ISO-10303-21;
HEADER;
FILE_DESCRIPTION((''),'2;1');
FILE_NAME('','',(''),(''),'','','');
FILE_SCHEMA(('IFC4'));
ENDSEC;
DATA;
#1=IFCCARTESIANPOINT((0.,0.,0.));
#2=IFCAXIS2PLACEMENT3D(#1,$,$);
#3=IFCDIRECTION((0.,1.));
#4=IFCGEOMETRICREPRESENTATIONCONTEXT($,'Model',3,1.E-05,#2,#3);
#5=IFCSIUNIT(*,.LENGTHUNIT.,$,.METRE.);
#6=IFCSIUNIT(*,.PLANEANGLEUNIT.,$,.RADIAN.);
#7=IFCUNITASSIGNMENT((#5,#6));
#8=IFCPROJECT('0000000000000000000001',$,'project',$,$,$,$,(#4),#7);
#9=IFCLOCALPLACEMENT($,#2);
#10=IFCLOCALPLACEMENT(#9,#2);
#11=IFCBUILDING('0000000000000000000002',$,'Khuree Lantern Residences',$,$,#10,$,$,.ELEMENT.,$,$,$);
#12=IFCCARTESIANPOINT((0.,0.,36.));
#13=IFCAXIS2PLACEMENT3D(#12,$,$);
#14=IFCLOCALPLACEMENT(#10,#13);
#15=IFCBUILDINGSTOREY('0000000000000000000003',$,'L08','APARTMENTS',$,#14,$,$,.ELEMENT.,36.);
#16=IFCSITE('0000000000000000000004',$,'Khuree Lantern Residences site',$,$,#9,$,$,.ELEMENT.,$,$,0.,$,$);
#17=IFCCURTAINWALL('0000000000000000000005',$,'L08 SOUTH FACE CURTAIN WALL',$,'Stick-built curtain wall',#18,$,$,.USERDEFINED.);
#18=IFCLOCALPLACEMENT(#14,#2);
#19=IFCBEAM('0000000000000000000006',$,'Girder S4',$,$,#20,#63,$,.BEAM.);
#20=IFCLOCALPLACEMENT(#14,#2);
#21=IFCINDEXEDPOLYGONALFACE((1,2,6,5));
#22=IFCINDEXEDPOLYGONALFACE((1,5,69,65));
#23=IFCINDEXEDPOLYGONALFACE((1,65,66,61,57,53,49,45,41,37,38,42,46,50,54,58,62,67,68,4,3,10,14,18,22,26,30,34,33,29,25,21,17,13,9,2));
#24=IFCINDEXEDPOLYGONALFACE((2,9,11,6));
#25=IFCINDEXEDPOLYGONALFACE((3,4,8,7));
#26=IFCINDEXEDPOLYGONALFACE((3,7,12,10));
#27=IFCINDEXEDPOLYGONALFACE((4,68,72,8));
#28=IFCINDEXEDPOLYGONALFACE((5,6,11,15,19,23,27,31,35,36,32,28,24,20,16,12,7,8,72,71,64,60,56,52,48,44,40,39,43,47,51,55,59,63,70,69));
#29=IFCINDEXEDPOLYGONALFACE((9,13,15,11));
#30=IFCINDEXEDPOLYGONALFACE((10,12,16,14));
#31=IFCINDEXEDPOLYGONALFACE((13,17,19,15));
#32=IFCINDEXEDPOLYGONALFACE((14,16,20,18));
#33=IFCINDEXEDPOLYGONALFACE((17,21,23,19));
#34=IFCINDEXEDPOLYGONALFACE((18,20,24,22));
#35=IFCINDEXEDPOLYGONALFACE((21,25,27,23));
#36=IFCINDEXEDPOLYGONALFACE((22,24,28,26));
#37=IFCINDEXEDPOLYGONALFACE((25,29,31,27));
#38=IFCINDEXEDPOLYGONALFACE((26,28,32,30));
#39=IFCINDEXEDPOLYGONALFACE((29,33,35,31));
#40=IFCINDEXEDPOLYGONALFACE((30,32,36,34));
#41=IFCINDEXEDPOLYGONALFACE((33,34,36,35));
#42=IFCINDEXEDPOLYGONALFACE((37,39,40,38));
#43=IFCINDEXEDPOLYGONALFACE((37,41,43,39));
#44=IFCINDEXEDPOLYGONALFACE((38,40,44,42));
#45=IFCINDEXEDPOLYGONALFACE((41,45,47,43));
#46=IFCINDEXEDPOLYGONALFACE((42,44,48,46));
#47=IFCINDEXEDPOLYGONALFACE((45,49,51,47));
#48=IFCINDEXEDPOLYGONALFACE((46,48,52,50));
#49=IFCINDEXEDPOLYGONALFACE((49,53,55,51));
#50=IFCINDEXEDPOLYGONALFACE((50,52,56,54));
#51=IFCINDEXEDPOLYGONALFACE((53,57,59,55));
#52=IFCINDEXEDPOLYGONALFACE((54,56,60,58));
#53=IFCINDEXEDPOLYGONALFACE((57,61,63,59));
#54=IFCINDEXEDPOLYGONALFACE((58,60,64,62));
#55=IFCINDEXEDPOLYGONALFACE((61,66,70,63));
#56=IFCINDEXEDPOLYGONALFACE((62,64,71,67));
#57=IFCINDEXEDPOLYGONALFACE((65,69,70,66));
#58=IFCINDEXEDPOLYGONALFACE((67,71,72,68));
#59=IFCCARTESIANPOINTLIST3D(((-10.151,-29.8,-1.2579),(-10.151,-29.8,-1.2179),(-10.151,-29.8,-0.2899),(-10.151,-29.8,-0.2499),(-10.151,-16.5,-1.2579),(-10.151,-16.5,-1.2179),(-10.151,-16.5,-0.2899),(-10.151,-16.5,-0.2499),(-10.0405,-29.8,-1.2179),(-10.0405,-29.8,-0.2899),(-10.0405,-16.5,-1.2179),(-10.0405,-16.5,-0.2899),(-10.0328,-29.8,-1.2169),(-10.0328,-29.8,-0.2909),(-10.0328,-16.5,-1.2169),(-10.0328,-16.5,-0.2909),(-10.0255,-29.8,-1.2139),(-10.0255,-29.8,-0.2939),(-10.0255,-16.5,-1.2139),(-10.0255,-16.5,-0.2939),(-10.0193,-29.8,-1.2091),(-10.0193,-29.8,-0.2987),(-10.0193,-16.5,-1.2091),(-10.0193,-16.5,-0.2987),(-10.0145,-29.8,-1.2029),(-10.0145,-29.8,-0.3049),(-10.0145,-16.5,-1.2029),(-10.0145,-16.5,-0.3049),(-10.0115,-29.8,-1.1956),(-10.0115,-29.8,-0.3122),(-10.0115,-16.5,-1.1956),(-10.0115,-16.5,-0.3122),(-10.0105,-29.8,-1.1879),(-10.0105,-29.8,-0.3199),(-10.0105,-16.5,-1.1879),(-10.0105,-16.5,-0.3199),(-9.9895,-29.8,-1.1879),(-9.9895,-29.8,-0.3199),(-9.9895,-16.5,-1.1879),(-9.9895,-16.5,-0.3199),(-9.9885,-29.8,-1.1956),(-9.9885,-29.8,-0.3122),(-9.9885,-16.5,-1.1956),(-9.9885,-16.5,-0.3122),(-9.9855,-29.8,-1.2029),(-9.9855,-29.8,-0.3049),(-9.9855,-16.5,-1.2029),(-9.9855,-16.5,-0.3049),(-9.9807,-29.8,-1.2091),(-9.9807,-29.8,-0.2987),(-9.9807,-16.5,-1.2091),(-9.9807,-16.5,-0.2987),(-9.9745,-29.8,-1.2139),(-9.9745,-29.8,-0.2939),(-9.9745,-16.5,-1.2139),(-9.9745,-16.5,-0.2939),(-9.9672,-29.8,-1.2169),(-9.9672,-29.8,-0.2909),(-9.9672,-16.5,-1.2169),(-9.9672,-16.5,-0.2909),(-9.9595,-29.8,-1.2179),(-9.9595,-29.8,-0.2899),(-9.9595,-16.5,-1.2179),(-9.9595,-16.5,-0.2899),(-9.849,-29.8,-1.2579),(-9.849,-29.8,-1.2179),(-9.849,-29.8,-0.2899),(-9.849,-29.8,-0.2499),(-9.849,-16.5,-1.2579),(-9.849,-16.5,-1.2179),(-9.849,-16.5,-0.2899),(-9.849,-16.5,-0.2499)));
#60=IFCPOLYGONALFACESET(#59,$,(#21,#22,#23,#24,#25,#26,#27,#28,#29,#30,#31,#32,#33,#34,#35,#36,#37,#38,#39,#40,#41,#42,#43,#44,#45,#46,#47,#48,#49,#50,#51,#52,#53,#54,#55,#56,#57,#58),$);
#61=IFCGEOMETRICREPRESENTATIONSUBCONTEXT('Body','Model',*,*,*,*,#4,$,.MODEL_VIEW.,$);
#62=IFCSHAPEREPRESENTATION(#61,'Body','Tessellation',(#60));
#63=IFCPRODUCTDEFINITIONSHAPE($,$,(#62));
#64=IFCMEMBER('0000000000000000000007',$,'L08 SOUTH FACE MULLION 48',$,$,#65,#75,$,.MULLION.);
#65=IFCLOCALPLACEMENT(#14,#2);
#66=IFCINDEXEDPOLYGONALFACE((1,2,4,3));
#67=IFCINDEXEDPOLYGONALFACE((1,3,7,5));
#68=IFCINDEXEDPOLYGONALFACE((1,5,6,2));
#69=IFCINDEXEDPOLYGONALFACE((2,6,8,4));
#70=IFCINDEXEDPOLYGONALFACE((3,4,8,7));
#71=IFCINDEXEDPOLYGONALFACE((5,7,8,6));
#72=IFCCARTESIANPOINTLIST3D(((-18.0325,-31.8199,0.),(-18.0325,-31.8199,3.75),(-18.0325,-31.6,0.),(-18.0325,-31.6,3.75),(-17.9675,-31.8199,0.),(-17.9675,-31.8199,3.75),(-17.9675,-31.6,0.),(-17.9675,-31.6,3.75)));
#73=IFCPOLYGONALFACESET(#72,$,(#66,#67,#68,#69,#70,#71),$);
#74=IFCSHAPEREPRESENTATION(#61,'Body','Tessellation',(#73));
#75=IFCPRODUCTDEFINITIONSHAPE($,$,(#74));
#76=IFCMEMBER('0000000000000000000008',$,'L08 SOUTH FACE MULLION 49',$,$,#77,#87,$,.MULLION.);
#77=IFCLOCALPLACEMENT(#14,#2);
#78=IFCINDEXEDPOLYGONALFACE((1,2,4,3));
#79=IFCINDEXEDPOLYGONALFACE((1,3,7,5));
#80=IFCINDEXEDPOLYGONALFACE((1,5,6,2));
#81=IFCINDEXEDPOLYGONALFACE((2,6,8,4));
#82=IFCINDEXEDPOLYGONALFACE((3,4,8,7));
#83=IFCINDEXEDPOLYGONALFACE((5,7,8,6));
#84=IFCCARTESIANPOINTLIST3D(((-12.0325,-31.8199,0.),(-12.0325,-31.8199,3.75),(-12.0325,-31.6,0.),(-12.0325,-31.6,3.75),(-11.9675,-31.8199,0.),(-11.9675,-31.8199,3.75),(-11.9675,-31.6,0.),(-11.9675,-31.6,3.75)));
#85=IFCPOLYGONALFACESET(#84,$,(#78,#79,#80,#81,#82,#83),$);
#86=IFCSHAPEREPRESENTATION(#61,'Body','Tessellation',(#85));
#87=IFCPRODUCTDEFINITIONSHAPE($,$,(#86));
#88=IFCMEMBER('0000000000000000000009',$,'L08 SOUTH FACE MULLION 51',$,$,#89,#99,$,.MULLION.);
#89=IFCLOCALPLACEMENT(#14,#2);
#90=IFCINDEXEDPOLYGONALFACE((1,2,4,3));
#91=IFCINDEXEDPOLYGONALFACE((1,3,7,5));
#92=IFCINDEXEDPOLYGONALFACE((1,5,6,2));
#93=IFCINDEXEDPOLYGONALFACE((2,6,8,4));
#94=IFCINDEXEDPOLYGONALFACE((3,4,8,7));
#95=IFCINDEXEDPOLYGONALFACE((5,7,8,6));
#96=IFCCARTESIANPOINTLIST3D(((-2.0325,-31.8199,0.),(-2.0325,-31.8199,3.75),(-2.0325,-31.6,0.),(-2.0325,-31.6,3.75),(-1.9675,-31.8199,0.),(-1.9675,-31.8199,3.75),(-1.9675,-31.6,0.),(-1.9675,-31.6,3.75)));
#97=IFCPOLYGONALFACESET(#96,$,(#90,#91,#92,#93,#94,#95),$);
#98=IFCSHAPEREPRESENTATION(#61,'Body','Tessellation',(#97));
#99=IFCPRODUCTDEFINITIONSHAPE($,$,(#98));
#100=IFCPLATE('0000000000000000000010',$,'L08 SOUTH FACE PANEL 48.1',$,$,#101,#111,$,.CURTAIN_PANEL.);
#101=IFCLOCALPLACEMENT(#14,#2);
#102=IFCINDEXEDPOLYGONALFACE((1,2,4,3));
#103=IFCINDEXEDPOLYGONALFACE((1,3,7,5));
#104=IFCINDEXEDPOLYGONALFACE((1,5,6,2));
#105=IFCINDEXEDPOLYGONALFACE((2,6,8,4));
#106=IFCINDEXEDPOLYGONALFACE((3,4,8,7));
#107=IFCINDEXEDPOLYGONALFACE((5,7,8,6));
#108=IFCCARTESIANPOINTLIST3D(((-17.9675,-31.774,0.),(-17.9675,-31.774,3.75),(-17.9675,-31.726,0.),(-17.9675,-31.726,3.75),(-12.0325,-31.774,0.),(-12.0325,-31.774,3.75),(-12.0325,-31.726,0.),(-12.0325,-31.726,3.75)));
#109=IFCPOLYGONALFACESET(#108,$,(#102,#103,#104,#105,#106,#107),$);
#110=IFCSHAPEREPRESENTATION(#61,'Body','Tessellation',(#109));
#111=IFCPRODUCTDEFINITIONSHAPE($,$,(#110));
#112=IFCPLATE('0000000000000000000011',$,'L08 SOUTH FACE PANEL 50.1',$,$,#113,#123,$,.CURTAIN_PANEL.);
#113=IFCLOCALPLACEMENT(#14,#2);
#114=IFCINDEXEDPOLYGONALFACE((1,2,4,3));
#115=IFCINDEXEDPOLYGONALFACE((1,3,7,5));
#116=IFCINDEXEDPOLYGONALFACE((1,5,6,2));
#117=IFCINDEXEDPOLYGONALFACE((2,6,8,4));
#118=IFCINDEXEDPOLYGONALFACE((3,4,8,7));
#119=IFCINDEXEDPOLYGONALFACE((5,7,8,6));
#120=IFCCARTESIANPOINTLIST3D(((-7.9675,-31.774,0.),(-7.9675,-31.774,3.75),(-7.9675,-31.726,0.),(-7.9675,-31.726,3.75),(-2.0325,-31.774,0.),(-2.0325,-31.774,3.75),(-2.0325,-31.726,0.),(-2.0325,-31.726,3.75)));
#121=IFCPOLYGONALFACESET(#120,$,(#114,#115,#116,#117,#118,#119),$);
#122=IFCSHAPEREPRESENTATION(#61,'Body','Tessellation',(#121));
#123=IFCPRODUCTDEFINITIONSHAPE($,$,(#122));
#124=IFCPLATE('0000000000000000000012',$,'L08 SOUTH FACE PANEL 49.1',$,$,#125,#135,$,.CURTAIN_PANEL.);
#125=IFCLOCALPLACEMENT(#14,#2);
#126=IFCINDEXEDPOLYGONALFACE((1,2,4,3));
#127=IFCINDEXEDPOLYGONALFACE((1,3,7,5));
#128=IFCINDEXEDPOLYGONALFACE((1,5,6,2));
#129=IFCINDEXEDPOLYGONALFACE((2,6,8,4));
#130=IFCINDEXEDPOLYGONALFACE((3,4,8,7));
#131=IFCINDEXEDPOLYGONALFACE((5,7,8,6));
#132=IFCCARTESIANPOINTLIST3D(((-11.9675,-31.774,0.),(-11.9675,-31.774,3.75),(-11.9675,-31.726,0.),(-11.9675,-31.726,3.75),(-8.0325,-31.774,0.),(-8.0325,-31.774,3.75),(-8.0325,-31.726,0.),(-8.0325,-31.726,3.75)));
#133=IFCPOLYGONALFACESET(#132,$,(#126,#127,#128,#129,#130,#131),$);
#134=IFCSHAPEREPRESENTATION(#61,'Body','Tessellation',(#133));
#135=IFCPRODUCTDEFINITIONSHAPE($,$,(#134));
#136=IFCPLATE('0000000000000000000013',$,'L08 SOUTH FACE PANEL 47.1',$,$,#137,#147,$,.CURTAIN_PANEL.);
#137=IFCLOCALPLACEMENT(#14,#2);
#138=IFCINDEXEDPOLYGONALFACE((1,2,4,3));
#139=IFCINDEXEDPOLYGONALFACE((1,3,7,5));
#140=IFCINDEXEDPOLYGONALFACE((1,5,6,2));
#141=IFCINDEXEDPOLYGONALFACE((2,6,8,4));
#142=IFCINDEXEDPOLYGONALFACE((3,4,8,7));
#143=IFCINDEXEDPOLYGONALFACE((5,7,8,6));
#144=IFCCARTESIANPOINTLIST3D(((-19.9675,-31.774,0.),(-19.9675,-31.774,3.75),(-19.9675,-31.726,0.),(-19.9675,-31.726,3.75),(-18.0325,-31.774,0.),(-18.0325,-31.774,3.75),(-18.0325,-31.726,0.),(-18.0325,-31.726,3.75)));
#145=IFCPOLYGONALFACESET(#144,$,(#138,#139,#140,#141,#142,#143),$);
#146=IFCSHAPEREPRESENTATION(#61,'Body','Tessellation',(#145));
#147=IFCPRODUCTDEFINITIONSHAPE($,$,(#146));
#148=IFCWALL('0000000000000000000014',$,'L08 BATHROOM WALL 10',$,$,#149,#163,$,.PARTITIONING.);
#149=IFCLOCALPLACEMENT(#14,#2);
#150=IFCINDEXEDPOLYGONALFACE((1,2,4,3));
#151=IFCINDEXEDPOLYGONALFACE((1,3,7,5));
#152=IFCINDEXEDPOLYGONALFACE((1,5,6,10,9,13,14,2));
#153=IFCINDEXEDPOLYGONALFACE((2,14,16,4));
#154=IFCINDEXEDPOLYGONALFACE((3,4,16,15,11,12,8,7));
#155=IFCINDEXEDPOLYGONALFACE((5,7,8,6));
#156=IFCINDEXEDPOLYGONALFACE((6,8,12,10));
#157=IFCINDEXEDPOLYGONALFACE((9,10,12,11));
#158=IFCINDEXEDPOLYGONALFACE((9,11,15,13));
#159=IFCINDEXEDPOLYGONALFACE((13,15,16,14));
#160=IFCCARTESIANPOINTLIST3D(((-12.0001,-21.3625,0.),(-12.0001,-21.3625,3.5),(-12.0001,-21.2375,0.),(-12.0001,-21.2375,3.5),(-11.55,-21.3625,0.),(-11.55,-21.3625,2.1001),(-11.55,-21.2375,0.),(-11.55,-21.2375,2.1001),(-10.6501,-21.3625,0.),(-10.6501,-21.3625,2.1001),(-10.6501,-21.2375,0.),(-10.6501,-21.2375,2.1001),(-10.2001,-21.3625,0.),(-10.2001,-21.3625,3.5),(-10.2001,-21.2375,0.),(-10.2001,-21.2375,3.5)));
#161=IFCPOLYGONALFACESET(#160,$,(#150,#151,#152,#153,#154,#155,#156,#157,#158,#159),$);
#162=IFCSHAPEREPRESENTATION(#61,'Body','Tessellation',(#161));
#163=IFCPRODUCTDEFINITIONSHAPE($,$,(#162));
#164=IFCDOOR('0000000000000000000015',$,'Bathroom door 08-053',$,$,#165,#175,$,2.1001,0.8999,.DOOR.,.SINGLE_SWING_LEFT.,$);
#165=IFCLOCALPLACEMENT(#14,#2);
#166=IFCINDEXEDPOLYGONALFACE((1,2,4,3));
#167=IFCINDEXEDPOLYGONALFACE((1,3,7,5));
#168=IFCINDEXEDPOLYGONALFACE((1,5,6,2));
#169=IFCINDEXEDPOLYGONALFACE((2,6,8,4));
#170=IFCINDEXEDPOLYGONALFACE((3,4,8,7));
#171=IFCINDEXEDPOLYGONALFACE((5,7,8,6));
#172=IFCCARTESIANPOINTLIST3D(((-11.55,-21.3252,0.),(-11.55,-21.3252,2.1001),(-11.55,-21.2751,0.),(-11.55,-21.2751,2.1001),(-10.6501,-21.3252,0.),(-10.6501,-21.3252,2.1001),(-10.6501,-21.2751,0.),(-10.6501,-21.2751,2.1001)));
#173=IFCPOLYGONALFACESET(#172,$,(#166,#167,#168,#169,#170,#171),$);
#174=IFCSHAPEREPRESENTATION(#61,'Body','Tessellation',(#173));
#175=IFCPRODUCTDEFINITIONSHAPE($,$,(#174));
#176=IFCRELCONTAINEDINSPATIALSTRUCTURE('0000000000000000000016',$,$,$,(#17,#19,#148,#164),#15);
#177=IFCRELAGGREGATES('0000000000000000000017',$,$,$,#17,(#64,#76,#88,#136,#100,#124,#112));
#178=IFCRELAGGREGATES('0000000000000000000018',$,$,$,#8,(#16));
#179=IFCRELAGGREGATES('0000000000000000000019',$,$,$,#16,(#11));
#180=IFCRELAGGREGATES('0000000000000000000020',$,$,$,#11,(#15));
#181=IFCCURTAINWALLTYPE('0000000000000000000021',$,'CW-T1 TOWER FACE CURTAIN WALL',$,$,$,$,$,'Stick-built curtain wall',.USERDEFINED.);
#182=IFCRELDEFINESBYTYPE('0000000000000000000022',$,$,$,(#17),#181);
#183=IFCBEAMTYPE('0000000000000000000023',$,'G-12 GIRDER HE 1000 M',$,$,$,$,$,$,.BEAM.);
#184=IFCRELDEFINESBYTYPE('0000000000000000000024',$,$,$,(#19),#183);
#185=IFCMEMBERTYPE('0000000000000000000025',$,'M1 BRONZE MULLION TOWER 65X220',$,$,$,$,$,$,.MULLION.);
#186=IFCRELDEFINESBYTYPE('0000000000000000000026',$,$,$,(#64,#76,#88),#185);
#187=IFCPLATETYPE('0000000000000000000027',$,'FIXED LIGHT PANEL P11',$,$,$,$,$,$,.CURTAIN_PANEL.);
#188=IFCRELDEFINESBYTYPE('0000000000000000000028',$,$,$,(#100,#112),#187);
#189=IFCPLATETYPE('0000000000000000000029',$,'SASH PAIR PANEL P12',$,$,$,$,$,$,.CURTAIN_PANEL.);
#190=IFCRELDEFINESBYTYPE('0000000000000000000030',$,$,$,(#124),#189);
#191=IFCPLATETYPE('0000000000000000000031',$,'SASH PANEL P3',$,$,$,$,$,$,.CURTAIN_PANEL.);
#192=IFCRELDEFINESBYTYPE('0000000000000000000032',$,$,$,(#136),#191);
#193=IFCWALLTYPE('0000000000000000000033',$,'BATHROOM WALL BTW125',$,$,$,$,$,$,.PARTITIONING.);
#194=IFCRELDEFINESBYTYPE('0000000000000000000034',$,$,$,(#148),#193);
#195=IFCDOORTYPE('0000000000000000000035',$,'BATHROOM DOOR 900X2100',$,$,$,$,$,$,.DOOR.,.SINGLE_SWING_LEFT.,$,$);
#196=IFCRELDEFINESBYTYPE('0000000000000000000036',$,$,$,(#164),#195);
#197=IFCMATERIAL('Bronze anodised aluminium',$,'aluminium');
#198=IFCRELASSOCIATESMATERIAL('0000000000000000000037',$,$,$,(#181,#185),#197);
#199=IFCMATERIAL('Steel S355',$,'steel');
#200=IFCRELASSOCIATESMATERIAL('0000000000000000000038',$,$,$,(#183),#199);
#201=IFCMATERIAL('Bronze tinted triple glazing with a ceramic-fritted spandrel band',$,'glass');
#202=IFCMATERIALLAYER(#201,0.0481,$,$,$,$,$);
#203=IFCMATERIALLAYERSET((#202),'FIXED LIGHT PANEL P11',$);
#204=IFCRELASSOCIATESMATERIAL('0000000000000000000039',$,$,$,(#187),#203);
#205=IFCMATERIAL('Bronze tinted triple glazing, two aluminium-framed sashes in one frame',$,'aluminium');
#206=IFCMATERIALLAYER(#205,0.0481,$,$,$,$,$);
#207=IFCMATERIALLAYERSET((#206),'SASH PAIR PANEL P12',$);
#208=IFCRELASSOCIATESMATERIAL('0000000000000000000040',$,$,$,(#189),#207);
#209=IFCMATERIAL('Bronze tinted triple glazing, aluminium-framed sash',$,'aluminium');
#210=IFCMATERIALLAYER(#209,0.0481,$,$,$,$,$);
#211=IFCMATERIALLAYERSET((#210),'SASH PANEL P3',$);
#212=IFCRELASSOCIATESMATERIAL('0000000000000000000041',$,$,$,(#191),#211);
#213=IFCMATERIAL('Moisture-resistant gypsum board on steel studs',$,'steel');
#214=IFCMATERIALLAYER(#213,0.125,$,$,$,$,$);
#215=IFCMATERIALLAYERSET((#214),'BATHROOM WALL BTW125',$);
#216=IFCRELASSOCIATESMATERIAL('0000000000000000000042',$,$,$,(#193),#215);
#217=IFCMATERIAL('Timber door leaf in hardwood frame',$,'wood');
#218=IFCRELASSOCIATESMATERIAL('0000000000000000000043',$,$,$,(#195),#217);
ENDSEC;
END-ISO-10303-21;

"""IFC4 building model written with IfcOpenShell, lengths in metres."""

from ifc_helpers import new_model, si_unit, direction, frame, frame_2d, origin, origin_2d, place, context, subcontext, project, spatial, rectangle, i_section, extrude, material, layer, layer_set, material_profile, profile_set, type_object, element, fill, aggregate, save


model = new_model("IFC4")

# Units and contexts
model_context = context("Model", 3, precision=1e-05, world=origin(), true_north=direction((0.0, 1.0)))
body_context = subcontext(model_context, "Body", "Model", "MODEL_VIEW")
ifc_project = project(units=[si_unit("LENGTHUNIT", "METRE"), si_unit("PLANEANGLEUNIT", "RADIAN")], contexts=[model_context])

# Site, building, storey
site_placement = place(None, origin())
site = spatial("IfcSite", under=ifc_project, at=site_placement, Name="Khuree Lantern Residences site", CompositionType="ELEMENT", RefElevation=0.0)
building_placement = place(site_placement, origin())
building = spatial("IfcBuilding", under=site, at=building_placement, Name="Khuree Lantern Residences", CompositionType="ELEMENT")
storey_placement = place(building_placement, frame((0.0, 0.0, 36.0)))
storey = spatial("IfcBuildingStorey", under=building, at=storey_placement, Name="L08", Description="APARTMENTS", CompositionType="ELEMENT", Elevation=36.0)

# Shared definitions
ifc_material_1 = material(Name="Steel S355", Category="steel")

# Curtain wall
ifc_material_2 = material(Name="Bronze anodised aluminium", Category="aluminium")
curtain_wall_type = type_object("IfcCurtainWallType", Name="CW-T1 TOWER FACE CURTAIN WALL", ElementType="Stick-built curtain wall", PredefinedType="USERDEFINED", material=ifc_material_2)
curtain_wall_placement = place(storey_placement, origin())
curtain_wall = element("IfcCurtainWall", 1, at=curtain_wall_placement, inside=storey, type_object=curtain_wall_type, Name="L08 SOUTH FACE CURTAIN WALL", ObjectType="Stick-built curtain wall", PredefinedType="USERDEFINED")

# Beam
ifc_material_profile_1 = material_profile(ifc_material_1, i_section(OverallWidth=0.302, OverallDepth=1.0081, WebThickness=0.021, FlangeThickness=0.04, FilletRadius=0.03, at=origin_2d()), Name="HE 1000 M")
ifc_profile_set_1 = profile_set([ifc_material_profile_1], Name="Steel S355")
beam_type_1 = type_object("IfcBeamType", Name="G-12 GIRDER HE 1000 M", PredefinedType="BEAM", material=ifc_profile_set_1)
beam_1_placement = place(storey_placement, frame((-10.0, -29.8, -0.7539), z_axis=(0.0, 1.0, 0.0), x_axis=(-1.0, 0.0, 0.0)))
element("IfcBeam", 2, at=beam_1_placement, inside=storey, type_object=beam_type_1, Name="Girder S4", PredefinedType="BEAM", context=body_context, shape_type="SweptSolid", body=[
    extrude(i_section(OverallWidth=0.302, OverallDepth=1.0081, WebThickness=0.021, FlangeThickness=0.04, FilletRadius=0.03, at=origin_2d()), origin(), (0.0, 0.0, 1.0), 13.3),
])

# Members
ifc_material_profile_2 = material_profile(ifc_material_2, rectangle(XDim=0.0649, YDim=0.22, at=origin_2d()), Name="M1 65X220")
ifc_profile_set_2 = profile_set([ifc_material_profile_2], Name="Bronze anodised aluminium")
member_type_1 = type_object("IfcMemberType", Name="M1 BRONZE MULLION TOWER 65X220", PredefinedType="MULLION", material=ifc_profile_set_2)
member_1_placement = place(storey_placement, frame((-18.0, -31.71, 0.0), z_axis=(0.0, 0.0, 1.0), x_axis=(1.0, 0.0, 0.0)))
member_1 = element("IfcMember", 3, at=member_1_placement, type_object=member_type_1, Name="L08 SOUTH FACE MULLION 48", PredefinedType="MULLION", context=body_context, shape_type="SweptSolid", body=[
    extrude(rectangle(XDim=0.0649, YDim=0.22, at=origin_2d()), origin(), (0.0, 0.0, 1.0), 3.75),
])
member_2_placement = place(storey_placement, frame((-12.0, -31.71, 0.0), z_axis=(0.0, 0.0, 1.0), x_axis=(1.0, 0.0, 0.0)))
member_2 = element("IfcMember", 4, at=member_2_placement, type_object=member_type_1, Name="L08 SOUTH FACE MULLION 49", PredefinedType="MULLION", context=body_context, shape_type="SweptSolid", body=[
    extrude(rectangle(XDim=0.0649, YDim=0.22, at=origin_2d()), origin(), (0.0, 0.0, 1.0), 3.75),
])
member_3_placement = place(storey_placement, frame((-2.0, -31.71, 0.0), z_axis=(0.0, 0.0, 1.0), x_axis=(1.0, 0.0, 0.0)))
member_3 = element("IfcMember", 5, at=member_3_placement, type_object=member_type_1, Name="L08 SOUTH FACE MULLION 51", PredefinedType="MULLION", context=body_context, shape_type="SweptSolid", body=[
    extrude(rectangle(XDim=0.0649, YDim=0.22, at=origin_2d()), origin(), (0.0, 0.0, 1.0), 3.75),
])

# Plates
ifc_material_3 = material(Name="Bronze tinted triple glazing with a ceramic-fritted spandrel band", Category="glass")
ifc_layer_1 = layer(ifc_material_3, 0.0481)
ifc_layer_set_1 = layer_set([ifc_layer_1], Name="FIXED LIGHT PANEL P11")
plate_type_1 = type_object("IfcPlateType", Name="FIXED LIGHT PANEL P11", PredefinedType="CURTAIN_PANEL", material=ifc_layer_set_1)
plate_1_placement = place(storey_placement, frame((-15.0, -31.75, 0.0), z_axis=(0.0, 0.0, 1.0), x_axis=(1.0, 0.0, 0.0)))
plate_1 = element("IfcPlate", 6, at=plate_1_placement, type_object=plate_type_1, Name="L08 SOUTH FACE PANEL 48.1", PredefinedType="CURTAIN_PANEL", context=body_context, shape_type="SweptSolid", body=[
    extrude(rectangle(XDim=5.9351, YDim=0.0481, at=origin_2d()), origin(), (0.0, 0.0, 1.0), 3.75),
])
plate_2_placement = place(storey_placement, frame((-5.0, -31.75, 0.0), z_axis=(0.0, 0.0, 1.0), x_axis=(1.0, 0.0, 0.0)))
plate_2 = element("IfcPlate", 7, at=plate_2_placement, type_object=plate_type_1, Name="L08 SOUTH FACE PANEL 50.1", PredefinedType="CURTAIN_PANEL", context=body_context, shape_type="SweptSolid", body=[
    extrude(rectangle(XDim=5.9351, YDim=0.0481, at=origin_2d()), origin(), (0.0, 0.0, 1.0), 3.75),
])
ifc_material_4 = material(Name="Bronze tinted triple glazing, two aluminium-framed sashes in one frame", Category="aluminium")
ifc_layer_2 = layer(ifc_material_4, 0.0481)
ifc_layer_set_2 = layer_set([ifc_layer_2], Name="SASH PAIR PANEL P12")
plate_type_2 = type_object("IfcPlateType", Name="SASH PAIR PANEL P12", PredefinedType="CURTAIN_PANEL", material=ifc_layer_set_2)
plate_3_placement = place(storey_placement, frame((-10.0, -31.75, 0.0), z_axis=(0.0, 0.0, 1.0), x_axis=(1.0, 0.0, 0.0)))
plate_3 = element("IfcPlate", 8, at=plate_3_placement, type_object=plate_type_2, Name="L08 SOUTH FACE PANEL 49.1", PredefinedType="CURTAIN_PANEL", context=body_context, shape_type="SweptSolid", body=[
    extrude(rectangle(XDim=3.9351, YDim=0.0481, at=origin_2d()), origin(), (0.0, 0.0, 1.0), 3.75),
])
ifc_material_5 = material(Name="Bronze tinted triple glazing, aluminium-framed sash", Category="aluminium")
ifc_layer_3 = layer(ifc_material_5, 0.0481)
ifc_layer_set_3 = layer_set([ifc_layer_3], Name="SASH PANEL P3")
plate_type_3 = type_object("IfcPlateType", Name="SASH PANEL P3", PredefinedType="CURTAIN_PANEL", material=ifc_layer_set_3)
plate_4_placement = place(storey_placement, frame((-19.0, -31.75, 0.0), z_axis=(0.0, 0.0, 1.0), x_axis=(1.0, 0.0, 0.0)))
plate_4 = element("IfcPlate", 9, at=plate_4_placement, type_object=plate_type_3, Name="L08 SOUTH FACE PANEL 47.1", PredefinedType="CURTAIN_PANEL", context=body_context, shape_type="SweptSolid", body=[
    extrude(rectangle(XDim=1.9351, YDim=0.0481, at=origin_2d()), origin(), (0.0, 0.0, 1.0), 3.75),
])
aggregate(curtain_wall, [member_1, member_2, member_3, plate_4, plate_1, plate_3, plate_2])

# Wall, opening, door
ifc_material_6 = material(Name="Moisture-resistant gypsum board on steel studs", Category="steel")
ifc_layer_4 = layer(ifc_material_6, 0.125)
ifc_layer_set_4 = layer_set([ifc_layer_4], Name="BATHROOM WALL BTW125")
wall_type_1 = type_object("IfcWallType", Name="BATHROOM WALL BTW125", PredefinedType="PARTITIONING", material=ifc_layer_set_4)
wall_1_placement = place(storey_placement, frame((-12.0, -21.3, 0.0), z_axis=(0.0, 0.0, 1.0), x_axis=(1.0, 0.0, 0.0)))
wall_1 = element("IfcWall", 10, at=wall_1_placement, inside=storey, type_object=wall_type_1, Name="L08 BATHROOM WALL 10", PredefinedType="PARTITIONING", context=body_context, shape_type="SweptSolid", body=[
    extrude(rectangle(XDim=1.8, YDim=0.125, at=frame_2d((0.8999, 0.0))), origin(), (0.0, 0.0, 1.0), 3.5),
])
opening_1_placement = place(wall_1_placement, frame((0.45, 0.0, 0.0)))
opening_1 = element("IfcOpeningElement", 11, at=opening_1_placement, cuts=wall_1, PredefinedType="OPENING", context=body_context, shape_type="SweptSolid", body=[
    extrude(rectangle(XDim=0.8999, YDim=2.1001, at=frame_2d((0.45, 1.05))), frame((0.0, 0.0725, 0.0), z_axis=(0.0, -1.0, 0.0), x_axis=(1.0, 0.0, 0.0)), (0.0, 0.0, 1.0), 0.145),
])
ifc_material_7 = material(Name="Timber door leaf in hardwood frame", Category="wood")
door_type_1 = type_object("IfcDoorType", Name="BATHROOM DOOR 900X2100", OperationType="SINGLE_SWING_LEFT", PredefinedType="DOOR", material=ifc_material_7)
door_1_placement = place(opening_1_placement, origin())
door_1 = element("IfcDoor", 12, at=door_1_placement, inside=storey, type_object=door_type_1, Name="Bathroom door 08-053", OperationType="SINGLE_SWING_LEFT", OverallHeight=2.1001, OverallWidth=0.8999, PredefinedType="DOOR", context=body_context, shape_type="SweptSolid", body=[
    extrude(rectangle(XDim=0.8999, YDim=2.1001, at=frame_2d((0.45, 1.05))), frame((0.0, 0.0249, 0.0), z_axis=(0.0, -1.0, 0.0), x_axis=(1.0, 0.0, 0.0)), (0.0, 0.0, 1.0), 0.05),
])
fill(opening_1, door_1)

save(model, "model.ifc")
